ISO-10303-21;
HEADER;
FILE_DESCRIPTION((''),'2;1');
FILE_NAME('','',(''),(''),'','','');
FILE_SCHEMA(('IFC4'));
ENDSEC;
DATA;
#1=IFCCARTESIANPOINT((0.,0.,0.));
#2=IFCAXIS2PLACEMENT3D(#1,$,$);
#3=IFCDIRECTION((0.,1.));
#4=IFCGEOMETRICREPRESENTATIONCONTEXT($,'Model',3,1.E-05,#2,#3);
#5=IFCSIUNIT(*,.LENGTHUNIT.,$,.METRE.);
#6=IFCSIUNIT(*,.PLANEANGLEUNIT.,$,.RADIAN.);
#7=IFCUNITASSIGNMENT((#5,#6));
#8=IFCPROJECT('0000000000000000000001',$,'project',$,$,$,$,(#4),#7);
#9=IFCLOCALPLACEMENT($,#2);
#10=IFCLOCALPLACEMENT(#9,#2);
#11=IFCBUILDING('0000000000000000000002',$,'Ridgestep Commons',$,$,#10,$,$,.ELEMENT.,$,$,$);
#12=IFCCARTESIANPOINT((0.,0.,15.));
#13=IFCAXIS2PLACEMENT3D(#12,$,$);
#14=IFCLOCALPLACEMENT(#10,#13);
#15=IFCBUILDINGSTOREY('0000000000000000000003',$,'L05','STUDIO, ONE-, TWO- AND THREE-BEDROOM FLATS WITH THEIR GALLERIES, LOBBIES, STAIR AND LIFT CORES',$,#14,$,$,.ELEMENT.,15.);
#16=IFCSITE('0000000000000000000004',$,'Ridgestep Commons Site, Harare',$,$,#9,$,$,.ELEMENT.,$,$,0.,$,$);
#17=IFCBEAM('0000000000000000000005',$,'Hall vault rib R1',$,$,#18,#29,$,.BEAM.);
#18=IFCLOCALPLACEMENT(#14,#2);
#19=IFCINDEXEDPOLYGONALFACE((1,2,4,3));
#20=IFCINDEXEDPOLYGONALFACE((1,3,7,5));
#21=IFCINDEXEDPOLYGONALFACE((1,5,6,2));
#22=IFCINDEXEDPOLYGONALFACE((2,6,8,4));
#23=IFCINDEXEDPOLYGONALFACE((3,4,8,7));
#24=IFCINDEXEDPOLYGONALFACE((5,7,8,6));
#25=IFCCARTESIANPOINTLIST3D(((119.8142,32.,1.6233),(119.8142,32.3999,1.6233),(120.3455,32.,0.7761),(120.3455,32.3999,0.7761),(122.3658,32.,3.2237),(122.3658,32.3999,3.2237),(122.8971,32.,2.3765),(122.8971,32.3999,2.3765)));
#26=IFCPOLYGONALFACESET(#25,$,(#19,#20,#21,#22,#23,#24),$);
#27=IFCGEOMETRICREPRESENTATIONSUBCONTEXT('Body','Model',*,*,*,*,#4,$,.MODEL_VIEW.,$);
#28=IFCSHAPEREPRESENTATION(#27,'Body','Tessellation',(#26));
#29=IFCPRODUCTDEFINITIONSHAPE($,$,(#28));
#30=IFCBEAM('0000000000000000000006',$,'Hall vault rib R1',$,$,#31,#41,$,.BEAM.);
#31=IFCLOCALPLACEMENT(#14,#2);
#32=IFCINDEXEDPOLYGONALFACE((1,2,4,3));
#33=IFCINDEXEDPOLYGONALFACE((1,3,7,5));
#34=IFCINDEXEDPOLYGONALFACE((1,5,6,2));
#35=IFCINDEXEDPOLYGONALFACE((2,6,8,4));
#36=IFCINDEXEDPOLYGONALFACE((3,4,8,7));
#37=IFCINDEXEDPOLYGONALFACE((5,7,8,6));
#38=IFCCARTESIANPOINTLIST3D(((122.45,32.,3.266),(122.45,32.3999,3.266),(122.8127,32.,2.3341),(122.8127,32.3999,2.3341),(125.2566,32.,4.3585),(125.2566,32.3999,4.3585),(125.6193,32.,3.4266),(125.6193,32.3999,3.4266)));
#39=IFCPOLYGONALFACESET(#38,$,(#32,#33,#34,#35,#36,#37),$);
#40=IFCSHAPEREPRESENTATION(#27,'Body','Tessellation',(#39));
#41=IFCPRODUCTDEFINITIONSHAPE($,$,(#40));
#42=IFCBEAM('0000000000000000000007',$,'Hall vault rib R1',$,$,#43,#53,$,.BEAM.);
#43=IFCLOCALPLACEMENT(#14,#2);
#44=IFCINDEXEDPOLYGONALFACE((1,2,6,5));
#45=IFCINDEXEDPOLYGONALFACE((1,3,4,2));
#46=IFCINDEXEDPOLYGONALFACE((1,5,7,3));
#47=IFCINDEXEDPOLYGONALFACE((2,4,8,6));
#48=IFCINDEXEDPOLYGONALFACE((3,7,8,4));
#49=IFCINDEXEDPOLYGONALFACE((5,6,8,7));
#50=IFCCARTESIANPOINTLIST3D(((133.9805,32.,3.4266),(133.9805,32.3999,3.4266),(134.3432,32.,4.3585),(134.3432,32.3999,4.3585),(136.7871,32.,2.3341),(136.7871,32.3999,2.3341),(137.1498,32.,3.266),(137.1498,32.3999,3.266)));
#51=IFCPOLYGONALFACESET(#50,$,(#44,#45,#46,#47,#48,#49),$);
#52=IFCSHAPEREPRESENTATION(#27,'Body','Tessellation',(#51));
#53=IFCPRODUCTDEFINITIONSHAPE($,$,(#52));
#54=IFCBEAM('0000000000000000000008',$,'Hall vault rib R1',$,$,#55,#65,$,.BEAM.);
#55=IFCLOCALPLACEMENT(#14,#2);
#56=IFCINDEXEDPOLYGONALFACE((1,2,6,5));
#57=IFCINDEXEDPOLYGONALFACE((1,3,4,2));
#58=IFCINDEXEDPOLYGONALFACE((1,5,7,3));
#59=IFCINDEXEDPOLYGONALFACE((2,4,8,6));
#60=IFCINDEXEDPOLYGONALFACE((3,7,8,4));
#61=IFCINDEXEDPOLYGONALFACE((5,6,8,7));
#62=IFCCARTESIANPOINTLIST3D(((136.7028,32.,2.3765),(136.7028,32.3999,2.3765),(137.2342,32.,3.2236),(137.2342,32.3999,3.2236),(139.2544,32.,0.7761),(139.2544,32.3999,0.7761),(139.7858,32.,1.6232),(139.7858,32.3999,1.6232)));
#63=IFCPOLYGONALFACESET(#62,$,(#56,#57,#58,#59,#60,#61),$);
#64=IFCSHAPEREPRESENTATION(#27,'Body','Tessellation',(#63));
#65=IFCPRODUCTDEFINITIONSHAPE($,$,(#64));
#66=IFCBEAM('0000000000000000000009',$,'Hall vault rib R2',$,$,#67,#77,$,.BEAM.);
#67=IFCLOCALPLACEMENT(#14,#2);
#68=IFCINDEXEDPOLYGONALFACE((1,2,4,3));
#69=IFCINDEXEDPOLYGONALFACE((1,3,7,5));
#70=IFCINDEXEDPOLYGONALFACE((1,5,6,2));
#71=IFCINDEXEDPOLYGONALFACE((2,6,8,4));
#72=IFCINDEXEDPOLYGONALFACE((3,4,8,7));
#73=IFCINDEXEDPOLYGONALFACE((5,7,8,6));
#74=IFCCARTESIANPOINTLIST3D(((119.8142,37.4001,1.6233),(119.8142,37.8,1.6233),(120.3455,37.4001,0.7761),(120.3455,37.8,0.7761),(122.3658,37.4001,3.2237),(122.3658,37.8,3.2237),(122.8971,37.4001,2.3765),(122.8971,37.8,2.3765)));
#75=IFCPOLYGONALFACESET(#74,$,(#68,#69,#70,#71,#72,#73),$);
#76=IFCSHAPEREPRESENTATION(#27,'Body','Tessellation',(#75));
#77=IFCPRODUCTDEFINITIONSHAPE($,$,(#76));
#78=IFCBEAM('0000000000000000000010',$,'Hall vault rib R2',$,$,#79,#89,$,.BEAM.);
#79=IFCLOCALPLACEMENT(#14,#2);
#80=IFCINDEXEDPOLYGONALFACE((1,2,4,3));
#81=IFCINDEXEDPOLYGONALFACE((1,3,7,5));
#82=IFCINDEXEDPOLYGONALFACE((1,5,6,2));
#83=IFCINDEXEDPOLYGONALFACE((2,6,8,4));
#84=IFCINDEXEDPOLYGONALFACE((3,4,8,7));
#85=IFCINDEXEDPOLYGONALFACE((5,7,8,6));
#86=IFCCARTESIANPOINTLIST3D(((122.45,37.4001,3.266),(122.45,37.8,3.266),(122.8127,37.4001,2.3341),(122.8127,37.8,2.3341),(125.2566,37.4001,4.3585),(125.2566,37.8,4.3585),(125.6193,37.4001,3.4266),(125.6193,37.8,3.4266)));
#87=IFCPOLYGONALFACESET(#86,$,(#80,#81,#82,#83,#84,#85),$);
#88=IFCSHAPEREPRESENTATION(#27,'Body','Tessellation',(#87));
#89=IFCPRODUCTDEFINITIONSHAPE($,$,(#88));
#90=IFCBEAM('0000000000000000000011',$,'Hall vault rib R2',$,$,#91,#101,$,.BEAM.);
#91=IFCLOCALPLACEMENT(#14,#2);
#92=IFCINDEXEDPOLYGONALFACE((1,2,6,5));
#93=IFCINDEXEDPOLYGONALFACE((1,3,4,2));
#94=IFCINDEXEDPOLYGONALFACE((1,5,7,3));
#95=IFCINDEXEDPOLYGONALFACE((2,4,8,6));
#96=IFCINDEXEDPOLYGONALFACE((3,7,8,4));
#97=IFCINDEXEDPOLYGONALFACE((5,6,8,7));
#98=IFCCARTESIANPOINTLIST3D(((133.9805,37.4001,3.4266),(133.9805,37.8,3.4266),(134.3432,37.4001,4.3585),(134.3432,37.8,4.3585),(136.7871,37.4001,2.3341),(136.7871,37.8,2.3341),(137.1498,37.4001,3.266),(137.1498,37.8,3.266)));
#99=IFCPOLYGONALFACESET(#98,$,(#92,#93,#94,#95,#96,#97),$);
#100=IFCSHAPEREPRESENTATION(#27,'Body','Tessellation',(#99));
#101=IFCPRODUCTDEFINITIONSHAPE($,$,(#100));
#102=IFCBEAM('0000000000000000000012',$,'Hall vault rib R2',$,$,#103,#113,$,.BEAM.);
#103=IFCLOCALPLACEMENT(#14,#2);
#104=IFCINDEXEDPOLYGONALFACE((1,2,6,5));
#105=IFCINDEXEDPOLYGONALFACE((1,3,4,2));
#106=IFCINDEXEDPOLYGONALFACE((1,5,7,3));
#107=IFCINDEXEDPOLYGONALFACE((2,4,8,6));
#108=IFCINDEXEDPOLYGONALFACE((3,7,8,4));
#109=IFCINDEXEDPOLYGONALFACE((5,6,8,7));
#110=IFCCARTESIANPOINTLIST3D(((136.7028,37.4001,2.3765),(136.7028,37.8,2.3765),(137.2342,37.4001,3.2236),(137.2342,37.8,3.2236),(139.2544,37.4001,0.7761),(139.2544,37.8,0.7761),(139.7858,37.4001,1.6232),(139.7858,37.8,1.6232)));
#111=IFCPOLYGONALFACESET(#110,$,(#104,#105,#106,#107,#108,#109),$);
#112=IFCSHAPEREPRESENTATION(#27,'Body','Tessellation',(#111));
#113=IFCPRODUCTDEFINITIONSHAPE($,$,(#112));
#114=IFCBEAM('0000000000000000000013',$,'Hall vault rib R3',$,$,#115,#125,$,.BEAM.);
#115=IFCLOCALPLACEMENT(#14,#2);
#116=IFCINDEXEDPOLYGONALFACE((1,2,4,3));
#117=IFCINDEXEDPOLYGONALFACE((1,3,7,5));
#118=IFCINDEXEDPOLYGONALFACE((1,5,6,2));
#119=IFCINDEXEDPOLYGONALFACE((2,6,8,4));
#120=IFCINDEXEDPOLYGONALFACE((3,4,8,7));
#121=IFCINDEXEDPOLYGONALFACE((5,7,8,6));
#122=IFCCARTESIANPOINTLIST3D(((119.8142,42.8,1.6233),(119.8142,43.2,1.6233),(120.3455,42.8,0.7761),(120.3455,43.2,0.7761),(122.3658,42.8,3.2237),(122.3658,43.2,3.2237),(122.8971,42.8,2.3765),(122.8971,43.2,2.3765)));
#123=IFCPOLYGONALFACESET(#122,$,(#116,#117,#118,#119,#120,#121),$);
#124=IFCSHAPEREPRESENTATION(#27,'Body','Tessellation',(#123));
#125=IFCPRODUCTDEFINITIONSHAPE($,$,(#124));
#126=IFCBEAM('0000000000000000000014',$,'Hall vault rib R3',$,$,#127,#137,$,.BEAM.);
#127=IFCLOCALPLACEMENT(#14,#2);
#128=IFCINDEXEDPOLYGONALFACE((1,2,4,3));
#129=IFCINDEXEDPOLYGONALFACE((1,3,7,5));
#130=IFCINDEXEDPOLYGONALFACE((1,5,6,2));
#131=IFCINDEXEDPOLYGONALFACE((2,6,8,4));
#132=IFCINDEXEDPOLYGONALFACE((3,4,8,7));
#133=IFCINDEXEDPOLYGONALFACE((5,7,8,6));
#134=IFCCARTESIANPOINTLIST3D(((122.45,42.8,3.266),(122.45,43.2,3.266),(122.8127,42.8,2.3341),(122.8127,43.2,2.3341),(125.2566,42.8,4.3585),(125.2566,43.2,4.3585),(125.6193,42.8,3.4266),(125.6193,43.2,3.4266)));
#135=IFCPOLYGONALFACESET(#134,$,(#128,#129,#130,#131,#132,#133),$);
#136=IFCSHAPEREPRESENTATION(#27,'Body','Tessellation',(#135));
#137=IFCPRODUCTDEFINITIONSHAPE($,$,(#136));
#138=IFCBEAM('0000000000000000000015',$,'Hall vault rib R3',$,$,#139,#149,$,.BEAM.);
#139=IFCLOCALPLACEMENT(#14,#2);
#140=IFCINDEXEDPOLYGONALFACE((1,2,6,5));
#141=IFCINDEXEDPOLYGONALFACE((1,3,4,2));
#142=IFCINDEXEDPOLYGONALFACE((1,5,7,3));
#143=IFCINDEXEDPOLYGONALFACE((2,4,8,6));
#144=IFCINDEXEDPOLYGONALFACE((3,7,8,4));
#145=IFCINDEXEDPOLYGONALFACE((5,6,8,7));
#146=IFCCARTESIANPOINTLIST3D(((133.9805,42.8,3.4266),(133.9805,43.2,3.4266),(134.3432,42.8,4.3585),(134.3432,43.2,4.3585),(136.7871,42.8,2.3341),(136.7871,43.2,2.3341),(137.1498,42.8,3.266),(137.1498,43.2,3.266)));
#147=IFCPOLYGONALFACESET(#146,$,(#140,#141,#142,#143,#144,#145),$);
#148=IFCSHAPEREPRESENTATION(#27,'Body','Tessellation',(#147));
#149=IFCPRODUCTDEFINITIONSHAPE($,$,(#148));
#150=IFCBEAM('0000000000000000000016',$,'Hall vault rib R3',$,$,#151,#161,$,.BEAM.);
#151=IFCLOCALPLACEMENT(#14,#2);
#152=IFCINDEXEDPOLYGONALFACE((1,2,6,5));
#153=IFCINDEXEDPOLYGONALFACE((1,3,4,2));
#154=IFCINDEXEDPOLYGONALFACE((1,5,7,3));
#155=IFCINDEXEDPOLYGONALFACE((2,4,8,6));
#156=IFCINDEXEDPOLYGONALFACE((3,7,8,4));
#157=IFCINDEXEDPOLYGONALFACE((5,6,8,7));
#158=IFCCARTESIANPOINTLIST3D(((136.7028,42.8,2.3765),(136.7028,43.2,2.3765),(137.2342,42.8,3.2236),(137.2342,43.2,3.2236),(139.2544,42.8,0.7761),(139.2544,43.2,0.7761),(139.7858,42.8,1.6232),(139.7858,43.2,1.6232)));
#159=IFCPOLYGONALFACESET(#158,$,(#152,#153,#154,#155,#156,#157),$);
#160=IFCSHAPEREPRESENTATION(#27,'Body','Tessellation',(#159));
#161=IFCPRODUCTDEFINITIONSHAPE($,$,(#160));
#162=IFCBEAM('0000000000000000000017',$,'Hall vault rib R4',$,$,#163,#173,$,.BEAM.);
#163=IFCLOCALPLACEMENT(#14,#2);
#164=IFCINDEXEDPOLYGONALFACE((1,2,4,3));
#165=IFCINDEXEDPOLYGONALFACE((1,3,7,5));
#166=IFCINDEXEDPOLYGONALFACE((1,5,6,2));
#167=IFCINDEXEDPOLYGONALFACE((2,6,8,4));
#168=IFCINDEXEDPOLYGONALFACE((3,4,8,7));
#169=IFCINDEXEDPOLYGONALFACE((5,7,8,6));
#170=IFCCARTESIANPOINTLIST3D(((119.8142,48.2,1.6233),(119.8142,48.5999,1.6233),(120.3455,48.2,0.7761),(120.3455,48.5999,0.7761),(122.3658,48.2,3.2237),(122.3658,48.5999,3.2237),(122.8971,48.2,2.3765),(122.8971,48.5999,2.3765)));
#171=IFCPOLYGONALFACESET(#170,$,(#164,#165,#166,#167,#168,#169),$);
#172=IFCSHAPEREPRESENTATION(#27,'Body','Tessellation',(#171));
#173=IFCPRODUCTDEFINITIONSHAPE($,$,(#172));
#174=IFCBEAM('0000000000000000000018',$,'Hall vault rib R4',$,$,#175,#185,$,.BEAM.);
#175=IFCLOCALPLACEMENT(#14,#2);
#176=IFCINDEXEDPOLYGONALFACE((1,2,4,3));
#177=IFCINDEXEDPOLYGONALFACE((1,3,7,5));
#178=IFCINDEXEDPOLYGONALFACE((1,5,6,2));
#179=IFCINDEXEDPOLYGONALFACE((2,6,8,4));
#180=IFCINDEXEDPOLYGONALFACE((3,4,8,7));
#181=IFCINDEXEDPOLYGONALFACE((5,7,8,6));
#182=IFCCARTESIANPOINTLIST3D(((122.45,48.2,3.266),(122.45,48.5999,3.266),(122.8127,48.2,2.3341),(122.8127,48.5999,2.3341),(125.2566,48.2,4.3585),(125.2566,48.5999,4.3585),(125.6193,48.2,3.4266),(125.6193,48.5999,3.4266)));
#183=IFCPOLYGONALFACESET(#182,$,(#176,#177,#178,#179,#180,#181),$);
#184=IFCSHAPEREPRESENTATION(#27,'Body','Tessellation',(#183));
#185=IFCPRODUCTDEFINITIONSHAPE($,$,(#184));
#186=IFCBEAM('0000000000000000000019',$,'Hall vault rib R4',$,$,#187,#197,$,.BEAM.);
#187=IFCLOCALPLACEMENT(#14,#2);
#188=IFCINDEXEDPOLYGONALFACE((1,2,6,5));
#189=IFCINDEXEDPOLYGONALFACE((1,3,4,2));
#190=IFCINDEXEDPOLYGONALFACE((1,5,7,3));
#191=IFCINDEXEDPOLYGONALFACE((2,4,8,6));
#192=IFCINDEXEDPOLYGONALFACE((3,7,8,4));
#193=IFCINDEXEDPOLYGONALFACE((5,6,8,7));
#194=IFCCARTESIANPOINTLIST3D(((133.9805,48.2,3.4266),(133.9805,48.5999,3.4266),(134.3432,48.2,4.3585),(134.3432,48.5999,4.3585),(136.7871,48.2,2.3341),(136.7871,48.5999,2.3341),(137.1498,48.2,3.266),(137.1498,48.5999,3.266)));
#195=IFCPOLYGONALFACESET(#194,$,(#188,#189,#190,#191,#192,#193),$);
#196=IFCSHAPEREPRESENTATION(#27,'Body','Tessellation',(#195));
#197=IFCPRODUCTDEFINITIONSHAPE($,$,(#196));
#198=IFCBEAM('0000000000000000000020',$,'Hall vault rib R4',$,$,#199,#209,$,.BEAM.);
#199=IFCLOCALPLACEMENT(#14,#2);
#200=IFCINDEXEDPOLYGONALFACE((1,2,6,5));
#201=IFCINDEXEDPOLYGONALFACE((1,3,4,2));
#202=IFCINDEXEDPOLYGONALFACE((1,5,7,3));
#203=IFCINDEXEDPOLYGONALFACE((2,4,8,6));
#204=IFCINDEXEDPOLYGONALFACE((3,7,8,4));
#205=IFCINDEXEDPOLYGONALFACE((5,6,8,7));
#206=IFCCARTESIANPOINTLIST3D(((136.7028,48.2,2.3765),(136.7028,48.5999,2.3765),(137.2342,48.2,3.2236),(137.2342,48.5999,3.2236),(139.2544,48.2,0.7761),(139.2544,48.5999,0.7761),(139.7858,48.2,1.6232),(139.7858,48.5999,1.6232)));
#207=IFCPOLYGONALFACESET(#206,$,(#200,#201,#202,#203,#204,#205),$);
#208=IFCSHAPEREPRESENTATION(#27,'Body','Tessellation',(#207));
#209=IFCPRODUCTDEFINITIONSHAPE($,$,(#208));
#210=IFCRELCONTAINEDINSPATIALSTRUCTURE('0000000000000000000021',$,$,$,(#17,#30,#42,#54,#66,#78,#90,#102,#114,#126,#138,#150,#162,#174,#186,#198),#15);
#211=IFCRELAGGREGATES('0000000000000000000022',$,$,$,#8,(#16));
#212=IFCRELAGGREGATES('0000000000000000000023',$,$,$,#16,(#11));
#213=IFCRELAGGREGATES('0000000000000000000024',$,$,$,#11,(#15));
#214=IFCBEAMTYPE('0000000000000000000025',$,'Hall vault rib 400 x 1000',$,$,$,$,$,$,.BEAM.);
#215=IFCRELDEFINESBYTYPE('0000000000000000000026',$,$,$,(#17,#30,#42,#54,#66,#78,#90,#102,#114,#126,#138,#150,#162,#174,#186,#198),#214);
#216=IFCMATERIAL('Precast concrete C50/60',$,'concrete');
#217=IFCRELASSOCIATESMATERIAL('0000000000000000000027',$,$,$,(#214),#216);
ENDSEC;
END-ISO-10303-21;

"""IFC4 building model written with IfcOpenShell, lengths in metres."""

from ifc_helpers import new_model, si_unit, direction, frame, origin, origin_2d, place, context, subcontext, project, spatial, rectangle, extrude, material, material_profile, profile_set, type_object, element, save


model = new_model("IFC4")

# Units and contexts
model_context = context("Model", 3, precision=1e-05, world=origin(), true_north=direction((0.0, 1.0)))
body_context = subcontext(model_context, "Body", "Model", "MODEL_VIEW")
ifc_project = project(units=[si_unit("LENGTHUNIT", "METRE"), si_unit("PLANEANGLEUNIT", "RADIAN")], contexts=[model_context])

# Site, building, storey
site_placement = place(None, origin())
site = spatial("IfcSite", under=ifc_project, at=site_placement, Name="Ridgestep Commons Site, Harare", CompositionType="ELEMENT", RefElevation=0.0)
building_placement = place(site_placement, origin())
building = spatial("IfcBuilding", under=site, at=building_placement, Name="Ridgestep Commons", CompositionType="ELEMENT")
storey_placement = place(building_placement, frame((0.0, 0.0, 15.0)))
storey = spatial("IfcBuildingStorey", under=building, at=storey_placement, Name="L05", Description="STUDIO, ONE-, TWO- AND THREE-BEDROOM FLATS WITH THEIR GALLERIES, LOBBIES, STAIR AND LIFT CORES", CompositionType="ELEMENT", Elevation=15.0)

# Beams
ifc_material_1 = material(Name="Precast concrete C50/60", Category="concrete")
ifc_material_profile = material_profile(ifc_material_1, rectangle(XDim=0.3999, YDim=1.0, at=origin_2d()), Name="Hall vault rib 400 x 1000")
ifc_profile_set = profile_set([ifc_material_profile], Name="Precast concrete C50/60")
beam_type = type_object("IfcBeamType", Name="Hall vault rib 400 x 1000", PredefinedType="BEAM", material=ifc_profile_set)
beam_1_placement = place(storey_placement, frame((120.0798, 32.2, 1.1997), z_axis=(0.847155, 0.0, 0.531346), x_axis=(0.0, 1.0, 0.0)))
element("IfcBeam", 1, at=beam_1_placement, inside=storey, type_object=beam_type, Name="Hall vault rib R1", PredefinedType="BEAM", context=body_context, shape_type="SweptSolid", body=[
    extrude(rectangle(XDim=0.3999, YDim=1.0, at=origin_2d()), origin(), (0.0, 0.0, 1.0), 3.012),
])
for number, where, z_axis, x_axis, name in (
    (2, (122.6313, 32.2, 2.8), (0.931886, 0.0, 0.362751), (0.0, 1.0, 0.0), "Hall vault rib R1"),
    (3, (134.1619, 32.2, 3.8926), (0.931886, 0.0, -0.362751), (0.0, 1.0, 0.0), "Hall vault rib R1"),
):
    element("IfcBeam", number, at=place(storey_placement, frame(where, z_axis=z_axis, x_axis=x_axis)), inside=storey, type_object=beam_type, Name=name, PredefinedType="BEAM", context=body_context, shape_type="SweptSolid", body=[
        extrude(rectangle(XDim=0.3999, YDim=1.0, at=origin_2d()), origin(), (0.0, 0.0, 1.0), 3.0117),
    ])
for number, where, z_axis, x_axis, name in (
    (4, (136.9685, 32.2, 2.8), (0.847155, 0.0, -0.531346), (0.0, 1.0, 0.0), "Hall vault rib R1"),
    (5, (120.0798, 37.6001, 1.1997), (0.847155, 0.0, 0.531346), (0.0, 1.0, 0.0), "Hall vault rib R2"),
):
    element("IfcBeam", number, at=place(storey_placement, frame(where, z_axis=z_axis, x_axis=x_axis)), inside=storey, type_object=beam_type, Name=name, PredefinedType="BEAM", context=body_context, shape_type="SweptSolid", body=[
        extrude(rectangle(XDim=0.3999, YDim=1.0, at=origin_2d()), origin(), (0.0, 0.0, 1.0), 3.012),
    ])
for number, where, z_axis, x_axis, name in (
    (6, (122.6313, 37.6001, 2.8), (0.931886, 0.0, 0.362751), (0.0, 1.0, 0.0), "Hall vault rib R2"),
    (7, (134.1619, 37.6001, 3.8926), (0.931886, 0.0, -0.362751), (0.0, 1.0, 0.0), "Hall vault rib R2"),
):
    element("IfcBeam", number, at=place(storey_placement, frame(where, z_axis=z_axis, x_axis=x_axis)), inside=storey, type_object=beam_type, Name=name, PredefinedType="BEAM", context=body_context, shape_type="SweptSolid", body=[
        extrude(rectangle(XDim=0.3999, YDim=1.0, at=origin_2d()), origin(), (0.0, 0.0, 1.0), 3.0117),
    ])
for number, where, z_axis, x_axis, name in (
    (8, (136.9685, 37.6001, 2.8), (0.847155, 0.0, -0.531346), (0.0, 1.0, 0.0), "Hall vault rib R2"),
    (9, (120.0798, 43.0, 1.1997), (0.847155, 0.0, 0.531346), (0.0, 1.0, 0.0), "Hall vault rib R3"),
):
    element("IfcBeam", number, at=place(storey_placement, frame(where, z_axis=z_axis, x_axis=x_axis)), inside=storey, type_object=beam_type, Name=name, PredefinedType="BEAM", context=body_context, shape_type="SweptSolid", body=[
        extrude(rectangle(XDim=0.3999, YDim=1.0, at=origin_2d()), origin(), (0.0, 0.0, 1.0), 3.012),
    ])
for number, where, z_axis, x_axis, name in (
    (10, (122.6313, 43.0, 2.8), (0.931886, 0.0, 0.362751), (0.0, 1.0, 0.0), "Hall vault rib R3"),
    (11, (134.1619, 43.0, 3.8926), (0.931886, 0.0, -0.362751), (0.0, 1.0, 0.0), "Hall vault rib R3"),
):
    element("IfcBeam", number, at=place(storey_placement, frame(where, z_axis=z_axis, x_axis=x_axis)), inside=storey, type_object=beam_type, Name=name, PredefinedType="BEAM", context=body_context, shape_type="SweptSolid", body=[
        extrude(rectangle(XDim=0.3999, YDim=1.0, at=origin_2d()), origin(), (0.0, 0.0, 1.0), 3.0117),
    ])
for number, where, z_axis, x_axis, name in (
    (12, (136.9685, 43.0, 2.8), (0.847155, 0.0, -0.531346), (0.0, 1.0, 0.0), "Hall vault rib R3"),
    (13, (120.0798, 48.3999, 1.1997), (0.847155, 0.0, 0.531346), (0.0, 1.0, 0.0), "Hall vault rib R4"),
):
    element("IfcBeam", number, at=place(storey_placement, frame(where, z_axis=z_axis, x_axis=x_axis)), inside=storey, type_object=beam_type, Name=name, PredefinedType="BEAM", context=body_context, shape_type="SweptSolid", body=[
        extrude(rectangle(XDim=0.3999, YDim=1.0, at=origin_2d()), origin(), (0.0, 0.0, 1.0), 3.012),
    ])
for number, where, z_axis, x_axis, name in (
    (14, (122.6313, 48.3999, 2.8), (0.931886, 0.0, 0.362751), (0.0, 1.0, 0.0), "Hall vault rib R4"),
    (15, (134.1619, 48.3999, 3.8926), (0.931886, 0.0, -0.362751), (0.0, 1.0, 0.0), "Hall vault rib R4"),
):
    element("IfcBeam", number, at=place(storey_placement, frame(where, z_axis=z_axis, x_axis=x_axis)), inside=storey, type_object=beam_type, Name=name, PredefinedType="BEAM", context=body_context, shape_type="SweptSolid", body=[
        extrude(rectangle(XDim=0.3999, YDim=1.0, at=origin_2d()), origin(), (0.0, 0.0, 1.0), 3.0117),
    ])
beam_2_placement = place(storey_placement, frame((136.9685, 48.3999, 2.8), z_axis=(0.847155, 0.0, -0.531346), x_axis=(0.0, 1.0, 0.0)))
element("IfcBeam", 16, at=beam_2_placement, inside=storey, type_object=beam_type, Name="Hall vault rib R4", PredefinedType="BEAM", context=body_context, shape_type="SweptSolid", body=[
    extrude(rectangle(XDim=0.3999, YDim=1.0, at=origin_2d()), origin(), (0.0, 0.0, 1.0), 3.012),
])

save(model, "model.ifc")
